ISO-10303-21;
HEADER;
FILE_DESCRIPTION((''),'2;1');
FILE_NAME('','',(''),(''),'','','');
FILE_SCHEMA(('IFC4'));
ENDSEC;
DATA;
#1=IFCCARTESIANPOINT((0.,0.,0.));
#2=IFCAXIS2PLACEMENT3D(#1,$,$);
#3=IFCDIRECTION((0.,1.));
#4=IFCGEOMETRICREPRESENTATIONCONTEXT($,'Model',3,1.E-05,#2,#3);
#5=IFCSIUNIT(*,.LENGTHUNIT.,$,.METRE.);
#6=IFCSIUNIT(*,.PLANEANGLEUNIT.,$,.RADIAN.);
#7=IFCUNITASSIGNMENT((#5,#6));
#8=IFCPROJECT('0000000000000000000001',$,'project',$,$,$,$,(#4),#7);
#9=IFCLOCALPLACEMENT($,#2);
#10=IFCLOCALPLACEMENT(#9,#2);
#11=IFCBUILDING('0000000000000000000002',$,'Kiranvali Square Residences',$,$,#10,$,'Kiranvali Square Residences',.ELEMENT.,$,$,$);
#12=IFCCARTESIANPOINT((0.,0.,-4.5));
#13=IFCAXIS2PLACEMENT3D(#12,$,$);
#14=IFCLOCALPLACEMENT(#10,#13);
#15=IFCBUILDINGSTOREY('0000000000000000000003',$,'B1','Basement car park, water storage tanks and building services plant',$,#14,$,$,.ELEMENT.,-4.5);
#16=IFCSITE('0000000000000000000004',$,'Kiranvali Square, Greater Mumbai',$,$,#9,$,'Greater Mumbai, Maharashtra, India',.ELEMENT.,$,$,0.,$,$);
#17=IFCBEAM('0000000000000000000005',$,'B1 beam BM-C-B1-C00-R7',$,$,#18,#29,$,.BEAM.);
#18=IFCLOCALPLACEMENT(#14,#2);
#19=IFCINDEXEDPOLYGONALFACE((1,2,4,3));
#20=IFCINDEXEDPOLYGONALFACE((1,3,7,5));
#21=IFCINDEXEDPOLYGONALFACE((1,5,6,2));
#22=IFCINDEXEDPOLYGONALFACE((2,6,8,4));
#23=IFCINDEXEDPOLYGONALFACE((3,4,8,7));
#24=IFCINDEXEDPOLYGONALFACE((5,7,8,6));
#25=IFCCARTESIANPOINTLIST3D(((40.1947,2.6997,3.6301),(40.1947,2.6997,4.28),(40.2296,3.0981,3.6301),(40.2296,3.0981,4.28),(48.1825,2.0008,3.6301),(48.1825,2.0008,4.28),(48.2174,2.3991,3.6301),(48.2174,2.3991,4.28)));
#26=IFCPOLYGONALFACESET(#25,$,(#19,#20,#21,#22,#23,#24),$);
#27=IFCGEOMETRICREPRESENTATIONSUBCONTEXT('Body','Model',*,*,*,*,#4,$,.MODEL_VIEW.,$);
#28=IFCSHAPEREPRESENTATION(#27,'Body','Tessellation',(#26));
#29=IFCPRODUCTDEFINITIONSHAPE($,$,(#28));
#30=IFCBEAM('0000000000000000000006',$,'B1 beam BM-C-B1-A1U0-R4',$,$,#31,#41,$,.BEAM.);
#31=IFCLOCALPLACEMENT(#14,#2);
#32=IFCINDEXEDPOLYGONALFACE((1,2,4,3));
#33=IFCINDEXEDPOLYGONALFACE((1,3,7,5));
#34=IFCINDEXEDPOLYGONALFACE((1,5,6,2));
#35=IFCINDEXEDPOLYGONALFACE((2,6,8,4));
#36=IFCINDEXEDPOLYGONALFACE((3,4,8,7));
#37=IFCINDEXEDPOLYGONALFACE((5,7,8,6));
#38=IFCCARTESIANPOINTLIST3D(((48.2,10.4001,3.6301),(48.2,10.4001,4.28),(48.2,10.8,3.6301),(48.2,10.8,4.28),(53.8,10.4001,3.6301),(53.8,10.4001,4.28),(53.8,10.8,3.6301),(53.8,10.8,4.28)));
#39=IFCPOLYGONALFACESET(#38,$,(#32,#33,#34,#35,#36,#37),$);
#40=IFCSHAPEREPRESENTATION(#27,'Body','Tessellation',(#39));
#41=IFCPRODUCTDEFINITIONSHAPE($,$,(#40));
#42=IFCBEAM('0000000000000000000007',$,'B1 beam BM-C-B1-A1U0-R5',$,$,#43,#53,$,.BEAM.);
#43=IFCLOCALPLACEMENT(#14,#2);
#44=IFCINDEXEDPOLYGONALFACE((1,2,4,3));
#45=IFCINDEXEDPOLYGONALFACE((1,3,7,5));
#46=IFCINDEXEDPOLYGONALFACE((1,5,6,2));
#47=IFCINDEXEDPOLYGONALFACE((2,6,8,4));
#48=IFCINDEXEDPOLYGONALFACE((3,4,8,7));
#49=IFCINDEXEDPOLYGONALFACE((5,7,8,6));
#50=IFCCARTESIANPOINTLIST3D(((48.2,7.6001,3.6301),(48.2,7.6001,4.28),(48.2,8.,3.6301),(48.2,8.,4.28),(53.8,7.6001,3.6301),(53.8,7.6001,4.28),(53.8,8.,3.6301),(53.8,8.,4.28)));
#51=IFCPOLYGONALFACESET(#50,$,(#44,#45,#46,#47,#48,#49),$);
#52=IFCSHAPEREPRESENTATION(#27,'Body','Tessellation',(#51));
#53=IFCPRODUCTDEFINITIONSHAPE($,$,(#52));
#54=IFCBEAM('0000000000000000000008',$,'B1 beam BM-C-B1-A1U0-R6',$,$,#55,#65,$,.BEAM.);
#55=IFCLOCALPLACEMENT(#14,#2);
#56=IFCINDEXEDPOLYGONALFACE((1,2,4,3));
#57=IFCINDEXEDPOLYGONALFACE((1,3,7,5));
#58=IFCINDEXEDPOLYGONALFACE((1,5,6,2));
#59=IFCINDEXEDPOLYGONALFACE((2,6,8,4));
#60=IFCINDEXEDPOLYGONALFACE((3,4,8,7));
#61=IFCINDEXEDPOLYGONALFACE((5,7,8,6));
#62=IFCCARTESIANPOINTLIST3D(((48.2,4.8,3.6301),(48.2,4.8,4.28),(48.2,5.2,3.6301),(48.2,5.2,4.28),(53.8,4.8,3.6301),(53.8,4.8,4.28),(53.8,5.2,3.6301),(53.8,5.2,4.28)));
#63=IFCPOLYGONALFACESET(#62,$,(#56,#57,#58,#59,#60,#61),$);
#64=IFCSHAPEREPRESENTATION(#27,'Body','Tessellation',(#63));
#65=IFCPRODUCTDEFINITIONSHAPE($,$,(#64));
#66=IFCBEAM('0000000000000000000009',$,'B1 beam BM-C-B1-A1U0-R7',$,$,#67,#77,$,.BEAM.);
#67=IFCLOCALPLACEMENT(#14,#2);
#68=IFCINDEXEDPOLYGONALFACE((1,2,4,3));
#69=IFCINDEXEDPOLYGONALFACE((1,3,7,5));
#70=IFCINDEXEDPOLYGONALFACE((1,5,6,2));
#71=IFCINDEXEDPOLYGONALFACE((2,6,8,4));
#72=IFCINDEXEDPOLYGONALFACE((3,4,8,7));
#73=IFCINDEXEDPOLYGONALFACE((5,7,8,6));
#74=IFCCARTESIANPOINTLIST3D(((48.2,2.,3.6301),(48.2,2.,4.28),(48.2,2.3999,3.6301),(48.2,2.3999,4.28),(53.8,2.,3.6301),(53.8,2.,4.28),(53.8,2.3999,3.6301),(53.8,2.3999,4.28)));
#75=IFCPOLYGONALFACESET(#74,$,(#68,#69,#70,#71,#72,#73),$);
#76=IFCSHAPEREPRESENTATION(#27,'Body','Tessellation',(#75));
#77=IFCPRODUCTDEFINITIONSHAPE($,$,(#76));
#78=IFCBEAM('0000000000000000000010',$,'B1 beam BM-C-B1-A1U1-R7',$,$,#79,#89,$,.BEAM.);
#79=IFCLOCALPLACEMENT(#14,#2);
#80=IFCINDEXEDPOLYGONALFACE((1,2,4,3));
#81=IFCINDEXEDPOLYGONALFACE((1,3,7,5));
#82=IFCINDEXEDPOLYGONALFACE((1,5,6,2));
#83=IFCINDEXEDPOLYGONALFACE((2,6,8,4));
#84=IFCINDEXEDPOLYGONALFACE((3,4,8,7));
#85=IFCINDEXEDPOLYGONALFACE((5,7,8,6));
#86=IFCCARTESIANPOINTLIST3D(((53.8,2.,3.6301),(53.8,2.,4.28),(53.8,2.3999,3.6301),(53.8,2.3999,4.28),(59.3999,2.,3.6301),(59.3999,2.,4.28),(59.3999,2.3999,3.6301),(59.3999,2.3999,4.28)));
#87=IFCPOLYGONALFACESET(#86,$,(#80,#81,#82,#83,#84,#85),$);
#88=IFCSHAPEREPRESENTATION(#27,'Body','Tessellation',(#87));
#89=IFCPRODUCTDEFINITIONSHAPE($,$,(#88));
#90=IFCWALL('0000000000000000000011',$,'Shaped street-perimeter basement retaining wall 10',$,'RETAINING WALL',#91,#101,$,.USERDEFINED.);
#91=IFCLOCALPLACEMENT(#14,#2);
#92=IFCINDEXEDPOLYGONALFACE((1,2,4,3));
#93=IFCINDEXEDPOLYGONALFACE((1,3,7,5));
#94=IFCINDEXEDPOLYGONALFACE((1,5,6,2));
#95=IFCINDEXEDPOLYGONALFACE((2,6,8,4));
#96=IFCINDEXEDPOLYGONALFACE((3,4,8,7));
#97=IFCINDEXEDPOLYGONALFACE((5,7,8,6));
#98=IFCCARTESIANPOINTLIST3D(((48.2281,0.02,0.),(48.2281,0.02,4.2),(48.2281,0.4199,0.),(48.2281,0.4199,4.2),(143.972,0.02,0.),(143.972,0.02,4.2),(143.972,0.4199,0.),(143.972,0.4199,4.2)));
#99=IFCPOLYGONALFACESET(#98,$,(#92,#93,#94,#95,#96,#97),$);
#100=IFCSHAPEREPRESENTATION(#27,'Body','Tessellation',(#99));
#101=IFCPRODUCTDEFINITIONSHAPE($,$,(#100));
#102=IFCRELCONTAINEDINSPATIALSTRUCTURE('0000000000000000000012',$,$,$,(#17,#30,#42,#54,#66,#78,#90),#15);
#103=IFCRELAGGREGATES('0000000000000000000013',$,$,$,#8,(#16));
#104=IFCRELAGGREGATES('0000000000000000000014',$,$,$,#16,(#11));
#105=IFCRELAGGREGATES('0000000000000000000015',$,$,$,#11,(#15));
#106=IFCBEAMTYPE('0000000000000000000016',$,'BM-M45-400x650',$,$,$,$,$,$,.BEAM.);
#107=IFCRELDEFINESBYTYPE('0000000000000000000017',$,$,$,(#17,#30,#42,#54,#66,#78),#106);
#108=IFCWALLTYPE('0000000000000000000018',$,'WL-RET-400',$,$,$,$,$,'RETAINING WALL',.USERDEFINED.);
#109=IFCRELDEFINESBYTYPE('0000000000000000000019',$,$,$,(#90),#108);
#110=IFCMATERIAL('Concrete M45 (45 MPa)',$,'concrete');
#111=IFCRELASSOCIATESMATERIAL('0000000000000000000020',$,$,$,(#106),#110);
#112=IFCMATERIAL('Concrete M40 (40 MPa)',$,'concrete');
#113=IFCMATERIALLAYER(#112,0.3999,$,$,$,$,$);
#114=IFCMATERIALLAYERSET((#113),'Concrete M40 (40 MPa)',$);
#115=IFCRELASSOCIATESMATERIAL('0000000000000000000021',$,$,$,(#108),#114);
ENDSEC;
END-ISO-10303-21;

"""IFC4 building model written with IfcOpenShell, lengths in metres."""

from ifc_helpers import new_model, si_unit, direction, frame, frame_2d, origin, origin_2d, place, context, subcontext, project, spatial, rectangle, extrude, material, layer, layer_set, material_profile, profile_set, type_object, element, save


model = new_model("IFC4")

# Units and contexts
model_context = context("Model", 3, precision=1e-05, world=origin(), true_north=direction((0.0, 1.0)))
body_context = subcontext(model_context, "Body", "Model", "MODEL_VIEW")
ifc_project = project(units=[si_unit("LENGTHUNIT", "METRE"), si_unit("PLANEANGLEUNIT", "RADIAN")], contexts=[model_context])

# Site, building, storey
site_placement = place(None, origin())
site = spatial("IfcSite", under=ifc_project, at=site_placement, Name="Kiranvali Square, Greater Mumbai", LongName="Greater Mumbai, Maharashtra, India", CompositionType="ELEMENT", RefElevation=0.0)
building_placement = place(site_placement, origin())
building = spatial("IfcBuilding", under=site, at=building_placement, Name="Kiranvali Square Residences", LongName="Kiranvali Square Residences", CompositionType="ELEMENT")
storey_placement = place(building_placement, frame((0.0, 0.0, -4.5)))
storey = spatial("IfcBuildingStorey", under=building, at=storey_placement, Name="B1", Description="Basement car park, water storage tanks and building services plant", CompositionType="ELEMENT", Elevation=-4.5)

# Shared definitions
ifc_material_1 = material(Name="Concrete M40 (40 MPa)", Category="concrete")

# Beams
ifc_material_2 = material(Name="Concrete M45 (45 MPa)", Category="concrete")
ifc_material_profile_1 = material_profile(ifc_material_2, rectangle(XDim=0.3999, YDim=0.6499, at=origin_2d()), Name="RC 400x650")
ifc_profile_set_1 = profile_set([ifc_material_profile_1], Name="Concrete M45 (45 MPa)")
beam_type = type_object("IfcBeamType", Name="BM-M45-400x650", PredefinedType="BEAM", material=ifc_profile_set_1)
beam_1_placement = place(storey_placement, frame((48.2, 2.2, 3.9551), z_axis=(-0.996193, 0.087172, 0.0), x_axis=(-0.087172, -0.996193, 0.0)))
element("IfcBeam", 1, at=beam_1_placement, inside=storey, type_object=beam_type, Name="B1 beam BM-C-B1-C00-R7", PredefinedType="BEAM", context=body_context, shape_type="SweptSolid", body=[
    extrude(rectangle(XDim=0.3999, YDim=0.6499, at=origin_2d()), origin(), (0.0, 0.0, 1.0), 8.0183),
])
for number, where, z_axis, x_axis, name in (
    (2, (48.2, 10.6001, 3.9551), (1.0, 0.0, 0.0), (0.0, 1.0, 0.0), "B1 beam BM-C-B1-A1U0-R4"),
    (3, (48.2, 7.8, 3.9551), (1.0, 0.0, 0.0), (0.0, 1.0, 0.0), "B1 beam BM-C-B1-A1U0-R5"),
    (4, (48.2, 5.0, 3.9551), (1.0, 0.0, 0.0), (0.0, 1.0, 0.0), "B1 beam BM-C-B1-A1U0-R6"),
    (5, (48.2, 2.2, 3.9551), (1.0, 0.0, 0.0), (0.0, 1.0, 0.0), "B1 beam BM-C-B1-A1U0-R7"),
):
    element("IfcBeam", number, at=place(storey_placement, frame(where, z_axis=z_axis, x_axis=x_axis)), inside=storey, type_object=beam_type, Name=name, PredefinedType="BEAM", context=body_context, shape_type="SweptSolid", body=[
        extrude(rectangle(XDim=0.3999, YDim=0.6499, at=origin_2d()), origin(), (0.0, 0.0, 1.0), 5.6001),
    ])
beam_2_placement = place(storey_placement, frame((53.8, 2.2, 3.9551), z_axis=(1.0, 0.0, 0.0), x_axis=(0.0, 1.0, 0.0)))
element("IfcBeam", 6, at=beam_2_placement, inside=storey, type_object=beam_type, Name="B1 beam BM-C-B1-A1U1-R7", PredefinedType="BEAM", context=body_context, shape_type="SweptSolid", body=[
    extrude(rectangle(XDim=0.3999, YDim=0.6499, at=origin_2d()), origin(), (0.0, 0.0, 1.0), 5.5999),
])

# Wall
ifc_layer = layer(ifc_material_1, 0.3999)
ifc_layer_set = layer_set([ifc_layer], Name="Concrete M40 (40 MPa)")
wall_type = type_object("IfcWallType", Name="WL-RET-400", ElementType="RETAINING WALL", PredefinedType="USERDEFINED", material=ifc_layer_set)
wall_placement = place(storey_placement, frame((48.228, 0.22, 0.0), z_axis=(0.0, 0.0, 1.0), x_axis=(1.0, 0.0, 0.0)))
element("IfcWall", 7, at=wall_placement, inside=storey, type_object=wall_type, Name="Shaped street-perimeter basement retaining wall 10", ObjectType="RETAINING WALL", PredefinedType="USERDEFINED", context=body_context, shape_type="SweptSolid", body=[
    extrude(rectangle(XDim=95.7439, YDim=0.3999, at=frame_2d((47.8721, 0.0))), origin(), (0.0, 0.0, 1.0), 4.2),
])

save(model, "model.ifc")
